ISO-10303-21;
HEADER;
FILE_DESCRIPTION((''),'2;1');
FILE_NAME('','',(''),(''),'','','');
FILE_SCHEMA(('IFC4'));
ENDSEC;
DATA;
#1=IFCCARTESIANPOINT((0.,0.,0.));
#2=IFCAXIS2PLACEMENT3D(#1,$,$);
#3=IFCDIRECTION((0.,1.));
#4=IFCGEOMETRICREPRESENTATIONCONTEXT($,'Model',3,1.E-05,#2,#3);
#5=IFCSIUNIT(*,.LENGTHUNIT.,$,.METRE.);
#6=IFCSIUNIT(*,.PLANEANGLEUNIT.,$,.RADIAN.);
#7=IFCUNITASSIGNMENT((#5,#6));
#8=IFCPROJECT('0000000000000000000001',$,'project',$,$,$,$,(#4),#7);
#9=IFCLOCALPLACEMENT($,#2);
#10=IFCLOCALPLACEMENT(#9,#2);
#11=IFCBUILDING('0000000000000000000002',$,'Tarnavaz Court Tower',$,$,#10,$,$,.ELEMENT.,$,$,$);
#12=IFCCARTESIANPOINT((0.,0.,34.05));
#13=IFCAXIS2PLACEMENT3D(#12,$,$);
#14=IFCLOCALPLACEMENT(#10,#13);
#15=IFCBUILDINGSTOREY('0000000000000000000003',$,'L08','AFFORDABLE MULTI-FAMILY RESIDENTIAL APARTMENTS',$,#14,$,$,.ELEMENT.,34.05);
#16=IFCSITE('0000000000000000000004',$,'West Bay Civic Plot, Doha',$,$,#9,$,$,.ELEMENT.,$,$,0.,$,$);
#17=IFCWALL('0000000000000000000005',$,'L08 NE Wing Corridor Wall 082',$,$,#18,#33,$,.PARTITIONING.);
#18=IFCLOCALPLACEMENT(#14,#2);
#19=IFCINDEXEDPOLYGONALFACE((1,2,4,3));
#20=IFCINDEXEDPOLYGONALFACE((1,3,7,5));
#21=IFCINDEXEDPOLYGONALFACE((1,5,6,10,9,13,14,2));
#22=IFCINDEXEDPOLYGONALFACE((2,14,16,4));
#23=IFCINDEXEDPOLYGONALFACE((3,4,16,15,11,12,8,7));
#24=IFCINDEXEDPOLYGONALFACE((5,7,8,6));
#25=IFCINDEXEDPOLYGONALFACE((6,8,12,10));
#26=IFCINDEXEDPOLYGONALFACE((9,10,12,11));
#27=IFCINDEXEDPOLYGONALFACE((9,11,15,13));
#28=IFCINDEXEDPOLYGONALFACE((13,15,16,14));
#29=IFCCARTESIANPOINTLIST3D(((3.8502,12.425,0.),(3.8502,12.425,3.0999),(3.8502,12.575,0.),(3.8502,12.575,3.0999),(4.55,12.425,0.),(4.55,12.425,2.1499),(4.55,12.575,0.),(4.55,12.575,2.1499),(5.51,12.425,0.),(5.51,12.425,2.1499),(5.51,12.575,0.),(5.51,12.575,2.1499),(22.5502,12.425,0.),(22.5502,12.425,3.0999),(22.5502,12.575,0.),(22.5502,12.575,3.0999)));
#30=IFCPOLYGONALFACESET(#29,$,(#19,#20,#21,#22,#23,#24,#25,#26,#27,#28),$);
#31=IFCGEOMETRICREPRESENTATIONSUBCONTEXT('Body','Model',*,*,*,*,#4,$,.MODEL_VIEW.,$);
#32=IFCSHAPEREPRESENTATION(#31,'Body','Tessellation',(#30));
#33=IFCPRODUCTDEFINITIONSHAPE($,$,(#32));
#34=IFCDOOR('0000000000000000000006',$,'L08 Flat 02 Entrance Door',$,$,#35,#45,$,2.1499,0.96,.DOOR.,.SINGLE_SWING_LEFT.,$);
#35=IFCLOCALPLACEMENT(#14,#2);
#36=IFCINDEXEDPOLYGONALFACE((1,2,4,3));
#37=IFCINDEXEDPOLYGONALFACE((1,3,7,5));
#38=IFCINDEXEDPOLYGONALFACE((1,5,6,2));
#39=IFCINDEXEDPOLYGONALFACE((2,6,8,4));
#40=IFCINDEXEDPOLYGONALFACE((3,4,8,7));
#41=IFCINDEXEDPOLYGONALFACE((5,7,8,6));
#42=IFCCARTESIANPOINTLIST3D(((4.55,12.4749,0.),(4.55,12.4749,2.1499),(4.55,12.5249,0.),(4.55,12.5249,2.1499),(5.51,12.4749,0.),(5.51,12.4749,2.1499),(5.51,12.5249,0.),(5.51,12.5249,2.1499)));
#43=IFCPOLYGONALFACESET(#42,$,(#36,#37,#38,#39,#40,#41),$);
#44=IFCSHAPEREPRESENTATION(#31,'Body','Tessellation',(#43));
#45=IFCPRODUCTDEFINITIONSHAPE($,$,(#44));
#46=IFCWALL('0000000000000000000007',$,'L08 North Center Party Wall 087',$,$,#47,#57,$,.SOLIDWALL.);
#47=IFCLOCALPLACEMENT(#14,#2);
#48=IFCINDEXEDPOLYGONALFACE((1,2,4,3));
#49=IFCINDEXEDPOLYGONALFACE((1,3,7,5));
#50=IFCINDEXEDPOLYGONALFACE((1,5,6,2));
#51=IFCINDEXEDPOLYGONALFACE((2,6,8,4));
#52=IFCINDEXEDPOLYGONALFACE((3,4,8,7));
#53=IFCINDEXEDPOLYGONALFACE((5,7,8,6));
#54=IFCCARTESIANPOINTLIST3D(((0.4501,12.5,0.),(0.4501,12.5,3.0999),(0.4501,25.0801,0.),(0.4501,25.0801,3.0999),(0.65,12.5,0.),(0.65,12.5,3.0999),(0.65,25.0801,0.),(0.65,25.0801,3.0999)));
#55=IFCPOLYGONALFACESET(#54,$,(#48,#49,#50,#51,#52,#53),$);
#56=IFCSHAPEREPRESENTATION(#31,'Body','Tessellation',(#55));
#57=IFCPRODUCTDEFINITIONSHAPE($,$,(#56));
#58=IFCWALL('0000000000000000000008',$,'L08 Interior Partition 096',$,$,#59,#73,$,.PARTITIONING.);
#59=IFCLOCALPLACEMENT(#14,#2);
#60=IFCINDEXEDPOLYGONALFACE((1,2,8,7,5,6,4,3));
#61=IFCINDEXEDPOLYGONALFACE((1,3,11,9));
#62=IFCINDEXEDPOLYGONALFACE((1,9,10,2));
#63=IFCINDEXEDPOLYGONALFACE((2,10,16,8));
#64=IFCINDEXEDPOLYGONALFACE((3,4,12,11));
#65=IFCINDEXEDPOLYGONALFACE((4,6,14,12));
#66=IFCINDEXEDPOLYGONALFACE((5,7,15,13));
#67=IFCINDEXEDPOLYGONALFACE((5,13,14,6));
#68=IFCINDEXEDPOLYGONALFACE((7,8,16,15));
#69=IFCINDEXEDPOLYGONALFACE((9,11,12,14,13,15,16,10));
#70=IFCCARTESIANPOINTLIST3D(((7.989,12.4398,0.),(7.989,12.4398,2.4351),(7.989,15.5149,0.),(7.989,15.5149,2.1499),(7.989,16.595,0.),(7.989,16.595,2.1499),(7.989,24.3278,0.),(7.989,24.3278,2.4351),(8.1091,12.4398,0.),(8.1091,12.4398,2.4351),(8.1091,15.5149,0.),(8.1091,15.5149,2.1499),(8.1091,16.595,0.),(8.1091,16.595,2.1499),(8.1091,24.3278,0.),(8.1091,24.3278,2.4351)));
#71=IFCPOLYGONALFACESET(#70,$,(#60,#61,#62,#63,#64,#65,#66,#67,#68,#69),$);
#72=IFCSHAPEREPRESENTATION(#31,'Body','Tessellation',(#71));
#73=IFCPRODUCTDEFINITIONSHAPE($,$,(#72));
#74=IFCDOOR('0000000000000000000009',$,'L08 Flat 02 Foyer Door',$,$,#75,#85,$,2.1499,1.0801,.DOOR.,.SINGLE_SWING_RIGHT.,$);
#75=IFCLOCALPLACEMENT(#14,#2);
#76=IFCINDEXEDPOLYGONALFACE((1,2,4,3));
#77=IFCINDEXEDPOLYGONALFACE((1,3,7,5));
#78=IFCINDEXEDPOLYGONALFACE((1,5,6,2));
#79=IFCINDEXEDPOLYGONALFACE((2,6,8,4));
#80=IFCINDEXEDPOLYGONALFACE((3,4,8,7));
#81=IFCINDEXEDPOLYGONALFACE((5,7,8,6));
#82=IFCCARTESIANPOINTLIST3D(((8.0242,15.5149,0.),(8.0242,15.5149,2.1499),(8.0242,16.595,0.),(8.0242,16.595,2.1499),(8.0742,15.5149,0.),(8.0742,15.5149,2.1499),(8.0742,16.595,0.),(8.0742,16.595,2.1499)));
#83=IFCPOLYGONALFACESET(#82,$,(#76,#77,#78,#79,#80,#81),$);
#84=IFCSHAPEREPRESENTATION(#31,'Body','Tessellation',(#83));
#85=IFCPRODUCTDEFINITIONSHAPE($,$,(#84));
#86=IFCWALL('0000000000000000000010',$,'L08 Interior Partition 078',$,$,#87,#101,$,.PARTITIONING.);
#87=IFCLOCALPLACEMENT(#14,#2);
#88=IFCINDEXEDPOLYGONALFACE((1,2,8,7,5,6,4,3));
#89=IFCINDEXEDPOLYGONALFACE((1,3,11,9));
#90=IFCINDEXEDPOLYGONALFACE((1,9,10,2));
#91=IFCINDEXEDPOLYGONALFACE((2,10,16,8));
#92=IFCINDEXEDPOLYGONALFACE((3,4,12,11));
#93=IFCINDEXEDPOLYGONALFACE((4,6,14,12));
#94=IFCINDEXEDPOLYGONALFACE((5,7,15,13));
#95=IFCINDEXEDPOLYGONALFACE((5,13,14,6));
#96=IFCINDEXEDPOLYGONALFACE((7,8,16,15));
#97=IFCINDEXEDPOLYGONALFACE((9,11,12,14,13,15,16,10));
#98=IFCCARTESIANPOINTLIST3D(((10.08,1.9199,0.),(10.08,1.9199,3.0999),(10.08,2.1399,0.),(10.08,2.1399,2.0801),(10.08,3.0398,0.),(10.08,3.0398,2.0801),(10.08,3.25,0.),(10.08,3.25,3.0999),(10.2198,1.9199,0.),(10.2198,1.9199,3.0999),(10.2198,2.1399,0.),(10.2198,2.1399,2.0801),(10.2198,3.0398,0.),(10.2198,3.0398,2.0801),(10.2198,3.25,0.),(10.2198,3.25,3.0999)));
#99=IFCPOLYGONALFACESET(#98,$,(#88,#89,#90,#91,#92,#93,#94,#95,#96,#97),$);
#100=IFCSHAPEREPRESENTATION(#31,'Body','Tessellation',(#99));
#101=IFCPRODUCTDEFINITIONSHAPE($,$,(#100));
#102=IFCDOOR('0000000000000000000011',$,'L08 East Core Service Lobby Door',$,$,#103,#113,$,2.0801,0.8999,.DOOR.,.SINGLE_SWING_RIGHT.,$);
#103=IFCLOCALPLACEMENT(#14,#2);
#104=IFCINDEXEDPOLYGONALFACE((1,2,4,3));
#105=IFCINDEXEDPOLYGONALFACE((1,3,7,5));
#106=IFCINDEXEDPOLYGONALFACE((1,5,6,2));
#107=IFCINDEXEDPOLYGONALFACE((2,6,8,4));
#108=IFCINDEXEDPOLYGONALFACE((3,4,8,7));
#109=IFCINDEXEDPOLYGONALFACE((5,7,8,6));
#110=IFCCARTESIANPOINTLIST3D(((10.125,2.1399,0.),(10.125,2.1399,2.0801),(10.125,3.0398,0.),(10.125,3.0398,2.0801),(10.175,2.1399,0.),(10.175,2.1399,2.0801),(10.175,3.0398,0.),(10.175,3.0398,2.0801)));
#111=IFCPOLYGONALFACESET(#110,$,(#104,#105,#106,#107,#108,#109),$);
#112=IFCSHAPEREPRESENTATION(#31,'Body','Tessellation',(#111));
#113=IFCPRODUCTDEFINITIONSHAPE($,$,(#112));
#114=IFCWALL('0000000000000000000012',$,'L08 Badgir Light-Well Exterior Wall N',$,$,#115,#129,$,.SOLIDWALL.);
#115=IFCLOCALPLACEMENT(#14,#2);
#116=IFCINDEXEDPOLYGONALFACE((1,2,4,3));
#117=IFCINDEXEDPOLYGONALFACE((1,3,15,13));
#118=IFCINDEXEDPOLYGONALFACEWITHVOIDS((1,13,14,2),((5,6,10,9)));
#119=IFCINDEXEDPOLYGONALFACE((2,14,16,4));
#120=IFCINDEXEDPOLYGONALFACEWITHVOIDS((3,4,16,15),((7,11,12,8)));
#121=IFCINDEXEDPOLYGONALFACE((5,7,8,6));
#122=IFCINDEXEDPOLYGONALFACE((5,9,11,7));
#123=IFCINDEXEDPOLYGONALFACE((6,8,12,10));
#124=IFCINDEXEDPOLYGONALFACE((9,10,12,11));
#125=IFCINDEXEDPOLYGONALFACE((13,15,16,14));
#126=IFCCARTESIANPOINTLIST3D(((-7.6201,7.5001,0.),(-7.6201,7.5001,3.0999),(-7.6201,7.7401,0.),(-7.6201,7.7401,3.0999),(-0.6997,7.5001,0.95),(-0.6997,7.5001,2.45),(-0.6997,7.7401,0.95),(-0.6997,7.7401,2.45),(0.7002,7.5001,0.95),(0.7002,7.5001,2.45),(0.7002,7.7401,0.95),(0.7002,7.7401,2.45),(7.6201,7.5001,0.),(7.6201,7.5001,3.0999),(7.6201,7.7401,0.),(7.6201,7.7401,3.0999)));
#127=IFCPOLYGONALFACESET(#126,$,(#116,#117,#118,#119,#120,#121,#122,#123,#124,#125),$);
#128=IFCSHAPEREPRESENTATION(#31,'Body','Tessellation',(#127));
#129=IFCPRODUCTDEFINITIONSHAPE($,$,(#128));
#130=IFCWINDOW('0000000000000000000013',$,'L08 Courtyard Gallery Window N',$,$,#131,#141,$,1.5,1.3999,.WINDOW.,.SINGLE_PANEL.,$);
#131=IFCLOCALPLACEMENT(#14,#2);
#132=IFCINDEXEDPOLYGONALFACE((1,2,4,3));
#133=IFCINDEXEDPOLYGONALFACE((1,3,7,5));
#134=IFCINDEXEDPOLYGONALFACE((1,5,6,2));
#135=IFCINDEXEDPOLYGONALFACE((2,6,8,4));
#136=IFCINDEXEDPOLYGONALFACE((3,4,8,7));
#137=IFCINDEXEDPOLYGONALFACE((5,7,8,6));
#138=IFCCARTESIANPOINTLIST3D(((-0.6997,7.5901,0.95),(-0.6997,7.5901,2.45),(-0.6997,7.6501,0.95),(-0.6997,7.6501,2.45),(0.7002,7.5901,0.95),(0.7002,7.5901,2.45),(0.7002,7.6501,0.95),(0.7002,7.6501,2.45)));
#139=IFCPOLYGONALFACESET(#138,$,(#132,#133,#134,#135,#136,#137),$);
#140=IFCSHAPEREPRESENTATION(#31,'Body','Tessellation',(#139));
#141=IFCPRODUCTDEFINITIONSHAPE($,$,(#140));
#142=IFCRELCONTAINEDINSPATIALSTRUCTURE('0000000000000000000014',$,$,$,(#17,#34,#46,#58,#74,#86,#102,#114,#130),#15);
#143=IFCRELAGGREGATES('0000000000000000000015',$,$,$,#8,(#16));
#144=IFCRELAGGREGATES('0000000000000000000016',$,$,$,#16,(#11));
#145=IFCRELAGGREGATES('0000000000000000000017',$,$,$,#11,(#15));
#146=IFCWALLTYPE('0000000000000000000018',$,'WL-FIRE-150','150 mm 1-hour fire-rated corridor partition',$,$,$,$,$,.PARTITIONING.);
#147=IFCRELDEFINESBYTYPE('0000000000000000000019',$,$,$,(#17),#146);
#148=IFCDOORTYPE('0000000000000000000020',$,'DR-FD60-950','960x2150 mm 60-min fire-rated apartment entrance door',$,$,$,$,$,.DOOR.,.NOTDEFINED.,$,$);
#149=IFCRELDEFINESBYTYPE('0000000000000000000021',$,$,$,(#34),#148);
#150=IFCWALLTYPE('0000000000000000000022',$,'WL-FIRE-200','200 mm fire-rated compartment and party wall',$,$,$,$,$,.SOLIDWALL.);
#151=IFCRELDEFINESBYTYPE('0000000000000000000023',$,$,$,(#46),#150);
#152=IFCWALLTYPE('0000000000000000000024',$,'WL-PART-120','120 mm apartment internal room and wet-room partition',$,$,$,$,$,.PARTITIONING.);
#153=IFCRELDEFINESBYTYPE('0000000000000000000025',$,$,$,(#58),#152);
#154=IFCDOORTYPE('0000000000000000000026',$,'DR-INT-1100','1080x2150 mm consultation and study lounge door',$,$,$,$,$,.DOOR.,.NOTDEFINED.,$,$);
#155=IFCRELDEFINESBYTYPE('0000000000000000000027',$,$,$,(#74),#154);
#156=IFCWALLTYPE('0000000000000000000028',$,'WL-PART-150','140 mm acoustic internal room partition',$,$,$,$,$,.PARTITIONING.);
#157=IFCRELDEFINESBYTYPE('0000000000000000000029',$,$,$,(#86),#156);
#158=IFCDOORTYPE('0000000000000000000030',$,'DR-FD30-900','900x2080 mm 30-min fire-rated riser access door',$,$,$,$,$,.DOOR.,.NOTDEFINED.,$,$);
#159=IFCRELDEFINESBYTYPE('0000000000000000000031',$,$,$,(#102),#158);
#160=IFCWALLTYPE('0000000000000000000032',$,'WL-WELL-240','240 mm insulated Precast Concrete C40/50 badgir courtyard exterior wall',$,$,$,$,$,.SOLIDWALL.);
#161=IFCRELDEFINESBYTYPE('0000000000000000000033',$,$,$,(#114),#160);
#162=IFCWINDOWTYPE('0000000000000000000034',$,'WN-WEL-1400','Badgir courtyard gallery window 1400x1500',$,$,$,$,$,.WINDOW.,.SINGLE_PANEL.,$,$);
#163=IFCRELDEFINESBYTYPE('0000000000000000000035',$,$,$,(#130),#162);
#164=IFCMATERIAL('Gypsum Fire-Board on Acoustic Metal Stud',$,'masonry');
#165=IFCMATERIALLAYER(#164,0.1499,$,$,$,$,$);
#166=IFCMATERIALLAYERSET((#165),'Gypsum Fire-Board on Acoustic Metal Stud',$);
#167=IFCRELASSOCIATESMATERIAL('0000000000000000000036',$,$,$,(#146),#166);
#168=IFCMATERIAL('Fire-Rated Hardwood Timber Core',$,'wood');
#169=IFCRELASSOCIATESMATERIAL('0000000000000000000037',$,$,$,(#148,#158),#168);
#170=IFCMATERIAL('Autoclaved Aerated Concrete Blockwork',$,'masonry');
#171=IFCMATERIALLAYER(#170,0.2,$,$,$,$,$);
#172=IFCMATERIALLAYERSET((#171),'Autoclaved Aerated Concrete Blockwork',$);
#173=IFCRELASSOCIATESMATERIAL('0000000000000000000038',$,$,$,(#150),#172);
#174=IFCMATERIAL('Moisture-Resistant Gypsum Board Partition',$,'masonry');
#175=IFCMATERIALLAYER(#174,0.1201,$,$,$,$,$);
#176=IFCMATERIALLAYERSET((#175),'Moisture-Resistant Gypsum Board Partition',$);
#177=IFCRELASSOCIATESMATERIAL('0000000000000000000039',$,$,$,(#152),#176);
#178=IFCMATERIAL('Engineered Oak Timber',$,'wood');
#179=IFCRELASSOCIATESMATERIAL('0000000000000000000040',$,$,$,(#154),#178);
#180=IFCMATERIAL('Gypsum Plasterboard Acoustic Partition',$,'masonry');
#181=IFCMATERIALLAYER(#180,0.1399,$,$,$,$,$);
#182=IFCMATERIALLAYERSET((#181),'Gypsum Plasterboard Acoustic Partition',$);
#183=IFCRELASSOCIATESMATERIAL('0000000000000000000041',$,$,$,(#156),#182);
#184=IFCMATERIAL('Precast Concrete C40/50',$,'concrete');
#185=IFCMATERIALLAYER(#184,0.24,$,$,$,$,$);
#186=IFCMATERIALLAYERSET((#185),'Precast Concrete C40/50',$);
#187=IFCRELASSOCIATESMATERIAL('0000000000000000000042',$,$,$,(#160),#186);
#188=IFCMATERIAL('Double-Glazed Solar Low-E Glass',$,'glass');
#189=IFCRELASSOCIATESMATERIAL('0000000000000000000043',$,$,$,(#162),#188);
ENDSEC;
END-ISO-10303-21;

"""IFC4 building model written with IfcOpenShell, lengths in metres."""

from ifc_helpers import new_model, si_unit, direction, frame, frame_2d, origin, place, context, subcontext, project, spatial, rectangle, extrude, material, layer, layer_set, type_object, element, fill, save


model = new_model("IFC4")

# Units and contexts
model_context = context("Model", 3, precision=1e-05, world=origin(), true_north=direction((0.0, 1.0)))
body_context = subcontext(model_context, "Body", "Model", "MODEL_VIEW")
ifc_project = project(units=[si_unit("LENGTHUNIT", "METRE"), si_unit("PLANEANGLEUNIT", "RADIAN")], contexts=[model_context])

# Site, building, storey
site_placement = place(None, origin())
site = spatial("IfcSite", under=ifc_project, at=site_placement, Name="West Bay Civic Plot, Doha", CompositionType="ELEMENT", RefElevation=0.0)
building_placement = place(site_placement, origin())
building = spatial("IfcBuilding", under=site, at=building_placement, Name="Tarnavaz Court Tower", CompositionType="ELEMENT")
storey_placement = place(building_placement, frame((0.0, 0.0, 34.05)))
storey = spatial("IfcBuildingStorey", under=building, at=storey_placement, Name="L08", Description="AFFORDABLE MULTI-FAMILY RESIDENTIAL APARTMENTS", CompositionType="ELEMENT", Elevation=34.05)

# Shared definitions
ifc_material_1 = material(Name="Fire-Rated Hardwood Timber Core", Category="wood")

# Wall, opening, door
ifc_material_2 = material(Name="Gypsum Fire-Board on Acoustic Metal Stud", Category="masonry")
ifc_layer_1 = layer(ifc_material_2, 0.1499)
ifc_layer_set_1 = layer_set([ifc_layer_1], Name="Gypsum Fire-Board on Acoustic Metal Stud")
wall_type_1 = type_object("IfcWallType", Name="WL-FIRE-150", Description="150 mm 1-hour fire-rated corridor partition", PredefinedType="PARTITIONING", material=ifc_layer_set_1)
wall_1_placement = place(storey_placement, frame((3.8501, 12.5, 0.0), z_axis=(0.0, 0.0, 1.0), x_axis=(1.0, 0.0, 0.0)))
wall_1 = element("IfcWall", 1, at=wall_1_placement, inside=storey, type_object=wall_type_1, Name="L08 NE Wing Corridor Wall 082", PredefinedType="PARTITIONING", context=body_context, shape_type="SweptSolid", body=[
    extrude(rectangle(XDim=18.7, YDim=0.1499, at=frame_2d((9.3501, 0.0))), origin(), (0.0, 0.0, 1.0), 3.0999),
])
opening_1_placement = place(wall_1_placement, frame((0.7, 0.0, 0.0)))
opening_1 = element("IfcOpeningElement", 2, at=opening_1_placement, cuts=wall_1, PredefinedType="OPENING", context=body_context, shape_type="SweptSolid", body=[
    extrude(rectangle(XDim=0.96, YDim=2.1499, at=frame_2d((0.48, 1.075))), frame((0.0, 0.085, 0.0), z_axis=(0.0, -1.0, 0.0), x_axis=(1.0, 0.0, 0.0)), (0.0, 0.0, 1.0), 0.1699),
])
door_type_1 = type_object("IfcDoorType", Name="DR-FD60-950", Description="960x2150 mm 60-min fire-rated apartment entrance door", OperationType="NOTDEFINED", PredefinedType="DOOR", material=ifc_material_1)
door_1_placement = place(opening_1_placement, origin())
door_1 = element("IfcDoor", 3, at=door_1_placement, inside=storey, type_object=door_type_1, Name="L08 Flat 02 Entrance Door", OperationType="SINGLE_SWING_LEFT", OverallHeight=2.1499, OverallWidth=0.96, PredefinedType="DOOR", context=body_context, shape_type="SweptSolid", body=[
    extrude(rectangle(XDim=0.96, YDim=2.1499, at=frame_2d((0.48, 1.075))), frame((0.0, 0.0249, 0.0), z_axis=(0.0, -1.0, 0.0), x_axis=(1.0, 0.0, 0.0)), (0.0, 0.0, 1.0), 0.05),
])
fill(opening_1, door_1)

# Wall
ifc_material_3 = material(Name="Autoclaved Aerated Concrete Blockwork", Category="masonry")
ifc_layer_2 = layer(ifc_material_3, 0.2)
ifc_layer_set_2 = layer_set([ifc_layer_2], Name="Autoclaved Aerated Concrete Blockwork")
wall_type_2 = type_object("IfcWallType", Name="WL-FIRE-200", Description="200 mm fire-rated compartment and party wall", PredefinedType="SOLIDWALL", material=ifc_layer_set_2)
wall_2_placement = place(storey_placement, frame((0.55, 12.5, 0.0), z_axis=(0.0, 0.0, 1.0), x_axis=(0.0, 1.0, 0.0)))
element("IfcWall", 4, at=wall_2_placement, inside=storey, type_object=wall_type_2, Name="L08 North Center Party Wall 087", PredefinedType="SOLIDWALL", context=body_context, shape_type="SweptSolid", body=[
    extrude(rectangle(XDim=12.5801, YDim=0.2, at=frame_2d((6.29, 0.0))), origin(), (0.0, 0.0, 1.0), 3.0999),
])

# Walls, openings, doors
ifc_material_4 = material(Name="Moisture-Resistant Gypsum Board Partition", Category="masonry")
ifc_layer_3 = layer(ifc_material_4, 0.1201)
ifc_layer_set_3 = layer_set([ifc_layer_3], Name="Moisture-Resistant Gypsum Board Partition")
wall_type_3 = type_object("IfcWallType", Name="WL-PART-120", Description="120 mm apartment internal room and wet-room partition", PredefinedType="PARTITIONING", material=ifc_layer_set_3)
wall_3_placement = place(storey_placement, frame((8.0491, 12.4399, 0.0), z_axis=(0.0, 0.0, 1.0), x_axis=(0.0, 1.0, 0.0)))
wall_3 = element("IfcWall", 5, at=wall_3_placement, inside=storey, type_object=wall_type_3, Name="L08 Interior Partition 096", PredefinedType="PARTITIONING", context=body_context, shape_type="SweptSolid", body=[
    extrude(rectangle(XDim=11.8879, YDim=0.1201, at=frame_2d((5.9438, 0.0))), origin(), (0.0, 0.0, 1.0), 2.4351),
])
opening_2_placement = place(wall_3_placement, frame((3.075, 0.0, 0.0)))
opening_2 = element("IfcOpeningElement", 6, at=opening_2_placement, cuts=wall_3, PredefinedType="OPENING", context=body_context, shape_type="SweptSolid", body=[
    extrude(rectangle(XDim=1.0801, YDim=2.1499, at=frame_2d((0.54, 1.075))), frame((0.0, 0.0701, 0.0), z_axis=(0.0, -1.0, 0.0), x_axis=(1.0, 0.0, 0.0)), (0.0, 0.0, 1.0), 0.1401),
])
ifc_material_5 = material(Name="Engineered Oak Timber", Category="wood")
door_type_2 = type_object("IfcDoorType", Name="DR-INT-1100", Description="1080x2150 mm consultation and study lounge door", OperationType="NOTDEFINED", PredefinedType="DOOR", material=ifc_material_5)
door_2_placement = place(opening_2_placement, origin())
door_2 = element("IfcDoor", 7, at=door_2_placement, inside=storey, type_object=door_type_2, Name="L08 Flat 02 Foyer Door", OperationType="SINGLE_SWING_RIGHT", OverallHeight=2.1499, OverallWidth=1.0801, PredefinedType="DOOR", context=body_context, shape_type="SweptSolid", body=[
    extrude(rectangle(XDim=1.0801, YDim=2.1499, at=frame_2d((0.54, 1.075))), frame((0.0, 0.0249, 0.0), z_axis=(0.0, -1.0, 0.0), x_axis=(1.0, 0.0, 0.0)), (0.0, 0.0, 1.0), 0.05),
])
fill(opening_2, door_2)
ifc_material_6 = material(Name="Gypsum Plasterboard Acoustic Partition", Category="masonry")
ifc_layer_4 = layer(ifc_material_6, 0.1399)
ifc_layer_set_4 = layer_set([ifc_layer_4], Name="Gypsum Plasterboard Acoustic Partition")
wall_type_4 = type_object("IfcWallType", Name="WL-PART-150", Description="140 mm acoustic internal room partition", PredefinedType="PARTITIONING", material=ifc_layer_set_4)
wall_4_placement = place(storey_placement, frame((10.1499, 1.9199, 0.0), z_axis=(0.0, 0.0, 1.0), x_axis=(0.0, 1.0, 0.0)))
wall_4 = element("IfcWall", 8, at=wall_4_placement, inside=storey, type_object=wall_type_4, Name="L08 Interior Partition 078", PredefinedType="PARTITIONING", context=body_context, shape_type="SweptSolid", body=[
    extrude(rectangle(XDim=1.3301, YDim=0.1399, at=frame_2d((0.665, 0.0))), origin(), (0.0, 0.0, 1.0), 3.0999),
])
opening_3_placement = place(wall_4_placement, frame((0.22, 0.0, 0.0)))
opening_3 = element("IfcOpeningElement", 9, at=opening_3_placement, cuts=wall_4, PredefinedType="OPENING", context=body_context, shape_type="SweptSolid", body=[
    extrude(rectangle(XDim=0.8999, YDim=2.0801, at=frame_2d((0.45, 1.04))), frame((0.0, 0.0798, 0.0), z_axis=(0.0, -1.0, 0.0), x_axis=(1.0, 0.0, 0.0)), (0.0, 0.0, 1.0), 0.1599),
])
door_type_3 = type_object("IfcDoorType", Name="DR-FD30-900", Description="900x2080 mm 30-min fire-rated riser access door", OperationType="NOTDEFINED", PredefinedType="DOOR", material=ifc_material_1)
door_3_placement = place(opening_3_placement, origin())
door_3 = element("IfcDoor", 10, at=door_3_placement, inside=storey, type_object=door_type_3, Name="L08 East Core Service Lobby Door", OperationType="SINGLE_SWING_RIGHT", OverallHeight=2.0801, OverallWidth=0.8999, PredefinedType="DOOR", context=body_context, shape_type="SweptSolid", body=[
    extrude(rectangle(XDim=0.8999, YDim=2.0801, at=frame_2d((0.45, 1.04))), frame((0.0, 0.0249, 0.0), z_axis=(0.0, -1.0, 0.0), x_axis=(1.0, 0.0, 0.0)), (0.0, 0.0, 1.0), 0.05),
])
fill(opening_3, door_3)

# Wall, opening, window
ifc_material_7 = material(Name="Precast Concrete C40/50", Category="concrete")
ifc_layer_5 = layer(ifc_material_7, 0.24)
ifc_layer_set_5 = layer_set([ifc_layer_5], Name="Precast Concrete C40/50")
wall_type_5 = type_object("IfcWallType", Name="WL-WELL-240", Description="240 mm insulated Precast Concrete C40/50 badgir courtyard exterior wall", PredefinedType="SOLIDWALL", material=ifc_layer_set_5)
wall_5_placement = place(storey_placement, frame((7.6201, 7.6201, 0.0), z_axis=(0.0, 0.0, 1.0), x_axis=(-1.0, 0.0, 0.0)))
wall_5 = element("IfcWall", 11, at=wall_5_placement, inside=storey, type_object=wall_type_5, Name="L08 Badgir Light-Well Exterior Wall N", PredefinedType="SOLIDWALL", context=body_context, shape_type="SweptSolid", body=[
    extrude(rectangle(XDim=15.2402, YDim=0.24, at=frame_2d((7.6201, 0.0))), origin(), (0.0, 0.0, 1.0), 3.0999),
])
opening_4_placement = place(wall_5_placement, frame((6.9199, 0.0, 0.95)))
opening_4 = element("IfcOpeningElement", 12, at=opening_4_placement, cuts=wall_5, PredefinedType="OPENING", context=body_context, shape_type="SweptSolid", body=[
    extrude(rectangle(XDim=1.3999, YDim=1.5, at=frame_2d((0.7, 0.75))), frame((0.0, 0.1299, 0.0), z_axis=(0.0, -1.0, 0.0), x_axis=(1.0, 0.0, 0.0)), (0.0, 0.0, 1.0), 0.26),
])
ifc_material_8 = material(Name="Double-Glazed Solar Low-E Glass", Category="glass")
window_type = type_object("IfcWindowType", Name="WN-WEL-1400", Description="Badgir courtyard gallery window 1400x1500", PartitioningType="SINGLE_PANEL", PredefinedType="WINDOW", material=ifc_material_8)
window_placement = place(opening_4_placement, origin())
window = element("IfcWindow", 13, at=window_placement, inside=storey, type_object=window_type, Name="L08 Courtyard Gallery Window N", OverallHeight=1.5, OverallWidth=1.3999, PartitioningType="SINGLE_PANEL", PredefinedType="WINDOW", context=body_context, shape_type="SweptSolid", body=[
    extrude(rectangle(XDim=1.3999, YDim=1.5, at=frame_2d((0.7, 0.75))), frame((0.0, 0.03, 0.0), z_axis=(0.0, -1.0, 0.0), x_axis=(1.0, 0.0, 0.0)), (0.0, 0.0, 1.0), 0.0601),
])
fill(opening_4, window)

save(model, "model.ifc")
